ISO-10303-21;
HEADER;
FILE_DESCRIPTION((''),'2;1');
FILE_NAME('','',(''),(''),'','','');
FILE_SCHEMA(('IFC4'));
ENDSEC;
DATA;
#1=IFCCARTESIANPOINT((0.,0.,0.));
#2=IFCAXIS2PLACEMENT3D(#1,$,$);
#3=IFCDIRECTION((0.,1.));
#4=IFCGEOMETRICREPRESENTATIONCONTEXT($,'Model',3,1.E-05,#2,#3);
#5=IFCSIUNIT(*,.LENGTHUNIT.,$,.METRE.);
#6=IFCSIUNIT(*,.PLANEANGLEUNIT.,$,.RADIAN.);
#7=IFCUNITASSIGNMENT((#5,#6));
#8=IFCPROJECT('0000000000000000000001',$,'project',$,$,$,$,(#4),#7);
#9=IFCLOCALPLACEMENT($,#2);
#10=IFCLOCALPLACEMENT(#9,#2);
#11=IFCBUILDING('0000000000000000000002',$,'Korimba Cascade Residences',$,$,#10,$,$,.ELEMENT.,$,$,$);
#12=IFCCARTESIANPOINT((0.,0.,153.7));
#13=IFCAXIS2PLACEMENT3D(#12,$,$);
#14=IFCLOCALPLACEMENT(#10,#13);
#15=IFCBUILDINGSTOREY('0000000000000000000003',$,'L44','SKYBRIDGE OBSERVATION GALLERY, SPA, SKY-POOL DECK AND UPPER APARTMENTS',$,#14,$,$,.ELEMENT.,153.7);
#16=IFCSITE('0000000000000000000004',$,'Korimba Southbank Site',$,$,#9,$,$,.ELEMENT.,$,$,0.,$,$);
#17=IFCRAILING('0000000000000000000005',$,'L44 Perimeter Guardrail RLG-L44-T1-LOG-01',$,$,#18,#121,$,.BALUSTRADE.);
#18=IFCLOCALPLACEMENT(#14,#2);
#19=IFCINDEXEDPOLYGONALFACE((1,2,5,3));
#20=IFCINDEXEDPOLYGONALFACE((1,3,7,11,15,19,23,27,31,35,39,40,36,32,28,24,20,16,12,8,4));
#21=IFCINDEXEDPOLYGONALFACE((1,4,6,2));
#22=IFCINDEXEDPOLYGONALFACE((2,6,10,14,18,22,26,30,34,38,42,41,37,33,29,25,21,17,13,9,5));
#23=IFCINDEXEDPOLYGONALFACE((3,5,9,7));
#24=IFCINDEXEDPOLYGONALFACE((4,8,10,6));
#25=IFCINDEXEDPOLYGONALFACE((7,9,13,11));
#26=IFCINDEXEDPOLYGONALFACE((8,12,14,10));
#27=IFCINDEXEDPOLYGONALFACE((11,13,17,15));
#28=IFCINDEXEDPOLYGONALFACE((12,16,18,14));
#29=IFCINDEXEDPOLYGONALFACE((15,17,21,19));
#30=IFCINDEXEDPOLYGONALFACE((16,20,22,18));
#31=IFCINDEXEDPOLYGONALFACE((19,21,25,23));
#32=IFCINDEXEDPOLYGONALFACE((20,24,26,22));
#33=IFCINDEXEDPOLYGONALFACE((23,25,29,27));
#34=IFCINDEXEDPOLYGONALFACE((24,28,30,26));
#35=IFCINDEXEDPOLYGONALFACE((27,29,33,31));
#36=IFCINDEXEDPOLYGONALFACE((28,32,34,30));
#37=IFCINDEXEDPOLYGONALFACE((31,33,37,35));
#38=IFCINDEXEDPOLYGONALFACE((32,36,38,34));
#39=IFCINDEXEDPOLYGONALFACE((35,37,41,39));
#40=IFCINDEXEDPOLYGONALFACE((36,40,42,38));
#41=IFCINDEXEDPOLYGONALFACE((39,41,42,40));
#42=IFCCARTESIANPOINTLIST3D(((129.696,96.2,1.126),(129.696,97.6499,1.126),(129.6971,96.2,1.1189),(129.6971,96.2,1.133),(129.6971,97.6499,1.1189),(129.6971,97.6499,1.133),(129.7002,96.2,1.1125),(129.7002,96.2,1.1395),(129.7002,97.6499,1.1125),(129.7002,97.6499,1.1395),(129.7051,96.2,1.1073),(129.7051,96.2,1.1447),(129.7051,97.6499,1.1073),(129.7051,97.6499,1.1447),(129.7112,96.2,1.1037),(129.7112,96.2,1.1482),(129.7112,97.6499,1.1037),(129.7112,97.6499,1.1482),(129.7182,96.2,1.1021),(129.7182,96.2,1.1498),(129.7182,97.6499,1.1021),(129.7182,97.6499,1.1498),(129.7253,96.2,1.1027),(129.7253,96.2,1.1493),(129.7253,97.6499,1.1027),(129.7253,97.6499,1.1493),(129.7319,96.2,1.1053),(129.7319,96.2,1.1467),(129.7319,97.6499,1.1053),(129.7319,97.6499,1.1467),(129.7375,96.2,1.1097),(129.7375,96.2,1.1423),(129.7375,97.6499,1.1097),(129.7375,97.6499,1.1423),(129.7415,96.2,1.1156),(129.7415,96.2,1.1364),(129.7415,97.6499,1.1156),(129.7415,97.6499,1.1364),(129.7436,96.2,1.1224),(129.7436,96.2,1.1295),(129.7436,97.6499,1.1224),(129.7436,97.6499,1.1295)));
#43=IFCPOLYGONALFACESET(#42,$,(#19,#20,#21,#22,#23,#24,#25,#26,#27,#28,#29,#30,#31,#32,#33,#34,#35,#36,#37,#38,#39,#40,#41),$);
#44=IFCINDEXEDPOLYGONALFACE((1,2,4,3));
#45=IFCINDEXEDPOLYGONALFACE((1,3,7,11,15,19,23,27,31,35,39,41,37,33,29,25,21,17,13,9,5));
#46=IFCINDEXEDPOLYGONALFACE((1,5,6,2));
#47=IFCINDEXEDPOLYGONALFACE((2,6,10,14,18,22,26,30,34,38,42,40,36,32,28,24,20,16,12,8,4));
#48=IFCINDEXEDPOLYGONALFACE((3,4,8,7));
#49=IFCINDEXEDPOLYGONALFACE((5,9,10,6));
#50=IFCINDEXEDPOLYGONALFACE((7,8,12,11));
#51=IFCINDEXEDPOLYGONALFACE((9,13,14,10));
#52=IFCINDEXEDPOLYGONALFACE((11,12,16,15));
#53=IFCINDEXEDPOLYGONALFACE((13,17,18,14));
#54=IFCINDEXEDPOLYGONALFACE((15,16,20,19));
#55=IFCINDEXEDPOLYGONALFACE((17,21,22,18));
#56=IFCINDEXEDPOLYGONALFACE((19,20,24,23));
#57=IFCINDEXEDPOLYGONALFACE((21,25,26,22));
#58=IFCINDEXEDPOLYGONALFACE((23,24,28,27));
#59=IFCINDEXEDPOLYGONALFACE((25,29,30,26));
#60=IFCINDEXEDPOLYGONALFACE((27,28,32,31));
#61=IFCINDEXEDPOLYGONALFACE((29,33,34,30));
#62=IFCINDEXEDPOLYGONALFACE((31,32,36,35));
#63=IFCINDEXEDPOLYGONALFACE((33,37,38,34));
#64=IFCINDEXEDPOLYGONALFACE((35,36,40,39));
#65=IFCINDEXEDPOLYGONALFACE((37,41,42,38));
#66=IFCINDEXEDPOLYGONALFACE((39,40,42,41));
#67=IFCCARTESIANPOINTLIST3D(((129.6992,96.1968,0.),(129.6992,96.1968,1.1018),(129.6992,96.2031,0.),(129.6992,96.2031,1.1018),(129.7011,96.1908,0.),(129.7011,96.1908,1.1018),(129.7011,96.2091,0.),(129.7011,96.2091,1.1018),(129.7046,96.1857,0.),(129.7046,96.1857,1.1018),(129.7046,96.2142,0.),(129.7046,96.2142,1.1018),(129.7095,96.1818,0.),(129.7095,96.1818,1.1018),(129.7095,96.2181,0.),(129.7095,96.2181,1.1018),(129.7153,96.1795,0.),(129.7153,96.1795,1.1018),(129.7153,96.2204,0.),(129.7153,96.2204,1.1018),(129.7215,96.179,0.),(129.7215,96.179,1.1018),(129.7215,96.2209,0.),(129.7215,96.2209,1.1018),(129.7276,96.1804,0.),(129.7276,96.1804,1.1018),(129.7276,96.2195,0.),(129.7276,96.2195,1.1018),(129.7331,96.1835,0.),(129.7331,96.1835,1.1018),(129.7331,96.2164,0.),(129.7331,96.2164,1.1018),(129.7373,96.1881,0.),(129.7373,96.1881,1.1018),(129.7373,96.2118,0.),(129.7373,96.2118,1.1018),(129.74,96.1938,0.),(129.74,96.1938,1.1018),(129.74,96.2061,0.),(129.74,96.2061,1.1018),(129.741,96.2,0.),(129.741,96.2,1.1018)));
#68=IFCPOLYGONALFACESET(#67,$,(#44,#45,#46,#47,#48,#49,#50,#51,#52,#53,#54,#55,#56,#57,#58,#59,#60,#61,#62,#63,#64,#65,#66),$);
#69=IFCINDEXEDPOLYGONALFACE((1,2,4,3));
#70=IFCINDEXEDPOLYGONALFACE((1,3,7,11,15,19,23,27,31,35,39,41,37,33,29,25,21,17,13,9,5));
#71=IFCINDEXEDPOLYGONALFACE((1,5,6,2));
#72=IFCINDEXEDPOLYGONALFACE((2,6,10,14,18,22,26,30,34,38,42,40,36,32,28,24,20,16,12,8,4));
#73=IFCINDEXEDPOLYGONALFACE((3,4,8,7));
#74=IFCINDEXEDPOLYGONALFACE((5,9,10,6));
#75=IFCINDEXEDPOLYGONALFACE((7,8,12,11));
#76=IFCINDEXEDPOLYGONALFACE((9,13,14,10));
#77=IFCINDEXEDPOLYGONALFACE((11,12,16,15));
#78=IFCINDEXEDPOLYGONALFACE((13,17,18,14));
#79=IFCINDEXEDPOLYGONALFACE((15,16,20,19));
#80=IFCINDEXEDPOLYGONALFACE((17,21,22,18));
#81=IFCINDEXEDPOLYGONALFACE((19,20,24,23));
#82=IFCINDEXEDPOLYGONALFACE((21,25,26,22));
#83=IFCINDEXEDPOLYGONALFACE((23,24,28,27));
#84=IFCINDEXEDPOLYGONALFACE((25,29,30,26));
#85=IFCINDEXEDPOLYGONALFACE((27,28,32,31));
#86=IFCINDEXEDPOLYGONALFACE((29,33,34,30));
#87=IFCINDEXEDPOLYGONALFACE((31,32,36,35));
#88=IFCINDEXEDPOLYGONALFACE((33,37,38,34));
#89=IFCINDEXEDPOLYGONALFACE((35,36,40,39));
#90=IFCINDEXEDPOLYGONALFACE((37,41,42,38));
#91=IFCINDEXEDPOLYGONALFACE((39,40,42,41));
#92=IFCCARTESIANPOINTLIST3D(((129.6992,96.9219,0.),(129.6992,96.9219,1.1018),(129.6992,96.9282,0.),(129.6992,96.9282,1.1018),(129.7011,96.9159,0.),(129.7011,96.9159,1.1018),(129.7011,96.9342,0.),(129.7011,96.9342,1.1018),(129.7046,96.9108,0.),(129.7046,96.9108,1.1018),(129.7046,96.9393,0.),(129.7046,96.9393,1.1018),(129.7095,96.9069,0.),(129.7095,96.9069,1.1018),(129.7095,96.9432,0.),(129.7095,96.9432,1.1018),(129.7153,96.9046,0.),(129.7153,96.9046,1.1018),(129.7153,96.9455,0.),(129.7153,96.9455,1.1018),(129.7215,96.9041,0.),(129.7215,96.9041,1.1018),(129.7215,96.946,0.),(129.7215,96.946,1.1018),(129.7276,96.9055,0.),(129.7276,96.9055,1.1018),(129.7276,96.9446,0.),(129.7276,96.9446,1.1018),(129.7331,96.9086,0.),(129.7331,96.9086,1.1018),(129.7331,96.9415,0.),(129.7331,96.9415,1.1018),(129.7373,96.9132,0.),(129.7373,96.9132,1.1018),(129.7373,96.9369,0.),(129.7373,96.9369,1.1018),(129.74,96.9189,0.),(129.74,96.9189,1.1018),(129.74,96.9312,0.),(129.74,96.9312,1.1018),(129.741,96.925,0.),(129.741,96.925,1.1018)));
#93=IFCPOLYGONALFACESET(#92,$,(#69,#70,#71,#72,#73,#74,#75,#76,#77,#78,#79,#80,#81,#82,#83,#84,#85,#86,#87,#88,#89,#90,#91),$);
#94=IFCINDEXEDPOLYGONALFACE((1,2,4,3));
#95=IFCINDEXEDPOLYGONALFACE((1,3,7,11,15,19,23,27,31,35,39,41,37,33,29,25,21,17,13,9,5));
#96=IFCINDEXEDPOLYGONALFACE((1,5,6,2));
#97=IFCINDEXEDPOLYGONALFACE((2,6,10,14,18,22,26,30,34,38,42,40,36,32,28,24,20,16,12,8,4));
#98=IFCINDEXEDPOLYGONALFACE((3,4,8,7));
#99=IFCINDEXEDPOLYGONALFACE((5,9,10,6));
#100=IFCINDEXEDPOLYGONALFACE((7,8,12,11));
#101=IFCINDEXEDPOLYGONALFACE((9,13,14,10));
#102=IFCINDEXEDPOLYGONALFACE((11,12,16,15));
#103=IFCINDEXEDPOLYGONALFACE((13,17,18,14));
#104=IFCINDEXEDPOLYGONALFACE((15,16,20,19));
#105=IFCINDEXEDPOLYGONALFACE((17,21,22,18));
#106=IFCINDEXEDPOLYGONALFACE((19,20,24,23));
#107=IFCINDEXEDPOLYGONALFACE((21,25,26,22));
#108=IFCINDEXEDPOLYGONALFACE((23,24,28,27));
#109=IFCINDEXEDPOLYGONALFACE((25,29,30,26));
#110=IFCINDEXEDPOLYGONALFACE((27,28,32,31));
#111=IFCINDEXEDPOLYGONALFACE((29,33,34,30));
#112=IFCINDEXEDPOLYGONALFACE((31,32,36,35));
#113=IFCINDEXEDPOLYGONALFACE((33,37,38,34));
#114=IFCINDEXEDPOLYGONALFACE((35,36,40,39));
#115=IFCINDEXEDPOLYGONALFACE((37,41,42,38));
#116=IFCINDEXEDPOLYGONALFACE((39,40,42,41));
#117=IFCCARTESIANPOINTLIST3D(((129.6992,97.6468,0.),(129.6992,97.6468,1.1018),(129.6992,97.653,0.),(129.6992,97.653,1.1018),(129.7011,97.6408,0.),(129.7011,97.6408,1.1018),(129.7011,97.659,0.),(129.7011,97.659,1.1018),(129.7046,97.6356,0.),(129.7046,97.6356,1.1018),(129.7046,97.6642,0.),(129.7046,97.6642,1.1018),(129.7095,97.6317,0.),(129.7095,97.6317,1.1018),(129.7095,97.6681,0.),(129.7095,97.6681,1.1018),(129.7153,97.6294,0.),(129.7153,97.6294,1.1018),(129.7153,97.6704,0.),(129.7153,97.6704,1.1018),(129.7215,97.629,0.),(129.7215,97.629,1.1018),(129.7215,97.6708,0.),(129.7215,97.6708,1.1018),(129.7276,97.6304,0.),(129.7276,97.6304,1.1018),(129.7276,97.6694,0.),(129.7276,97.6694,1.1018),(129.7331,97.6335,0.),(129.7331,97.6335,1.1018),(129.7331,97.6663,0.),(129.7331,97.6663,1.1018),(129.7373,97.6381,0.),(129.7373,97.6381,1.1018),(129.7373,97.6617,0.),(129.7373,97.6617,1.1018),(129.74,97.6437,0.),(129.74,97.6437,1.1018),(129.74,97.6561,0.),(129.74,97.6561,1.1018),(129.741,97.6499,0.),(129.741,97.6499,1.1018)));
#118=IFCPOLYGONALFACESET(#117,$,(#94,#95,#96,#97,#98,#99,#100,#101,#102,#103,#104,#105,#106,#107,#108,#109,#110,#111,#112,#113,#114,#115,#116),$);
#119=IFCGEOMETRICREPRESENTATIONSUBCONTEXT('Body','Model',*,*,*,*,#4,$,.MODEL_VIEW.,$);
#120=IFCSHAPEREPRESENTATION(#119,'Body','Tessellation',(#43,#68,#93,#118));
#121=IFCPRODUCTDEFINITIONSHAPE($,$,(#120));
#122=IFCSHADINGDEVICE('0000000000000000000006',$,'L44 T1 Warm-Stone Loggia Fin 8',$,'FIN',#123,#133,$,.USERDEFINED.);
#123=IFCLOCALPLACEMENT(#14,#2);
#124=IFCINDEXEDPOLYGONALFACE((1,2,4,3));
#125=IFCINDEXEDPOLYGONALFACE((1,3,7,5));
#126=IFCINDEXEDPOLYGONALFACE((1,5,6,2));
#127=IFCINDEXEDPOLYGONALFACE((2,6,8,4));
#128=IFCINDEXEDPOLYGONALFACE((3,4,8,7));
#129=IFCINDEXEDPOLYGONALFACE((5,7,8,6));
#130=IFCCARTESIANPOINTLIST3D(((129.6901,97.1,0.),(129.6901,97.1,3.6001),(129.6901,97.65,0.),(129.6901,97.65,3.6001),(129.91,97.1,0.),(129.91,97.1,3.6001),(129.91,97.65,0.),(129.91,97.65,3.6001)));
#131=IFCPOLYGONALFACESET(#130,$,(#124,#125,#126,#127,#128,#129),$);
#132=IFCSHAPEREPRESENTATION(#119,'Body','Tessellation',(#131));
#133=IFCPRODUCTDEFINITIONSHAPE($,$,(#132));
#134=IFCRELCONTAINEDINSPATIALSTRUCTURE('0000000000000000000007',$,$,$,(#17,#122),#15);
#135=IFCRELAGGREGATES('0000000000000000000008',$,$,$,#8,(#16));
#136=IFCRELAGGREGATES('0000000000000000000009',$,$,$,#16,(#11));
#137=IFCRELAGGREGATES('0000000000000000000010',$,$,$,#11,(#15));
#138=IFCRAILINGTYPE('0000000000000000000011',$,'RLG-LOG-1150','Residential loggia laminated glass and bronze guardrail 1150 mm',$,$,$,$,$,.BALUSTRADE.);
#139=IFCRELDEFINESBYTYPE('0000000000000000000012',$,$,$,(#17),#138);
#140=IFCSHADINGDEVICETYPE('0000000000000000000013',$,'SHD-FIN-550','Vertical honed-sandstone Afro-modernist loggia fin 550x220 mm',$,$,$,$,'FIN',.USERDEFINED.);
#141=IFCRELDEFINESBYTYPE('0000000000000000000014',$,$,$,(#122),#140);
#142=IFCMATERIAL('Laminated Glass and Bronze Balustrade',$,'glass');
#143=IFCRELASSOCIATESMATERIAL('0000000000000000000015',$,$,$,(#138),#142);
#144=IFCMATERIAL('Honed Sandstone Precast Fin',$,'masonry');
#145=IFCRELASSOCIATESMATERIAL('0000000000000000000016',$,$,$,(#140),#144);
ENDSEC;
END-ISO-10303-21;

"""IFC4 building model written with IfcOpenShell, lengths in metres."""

from ifc_helpers import new_model, si_unit, direction, frame, origin, origin_2d, place, context, subcontext, project, spatial, rectangle, circle, extrude, material, type_object, element, save


model = new_model("IFC4")

# Units and contexts
model_context = context("Model", 3, precision=1e-05, world=origin(), true_north=direction((0.0, 1.0)))
body_context = subcontext(model_context, "Body", "Model", "MODEL_VIEW")
ifc_project = project(units=[si_unit("LENGTHUNIT", "METRE"), si_unit("PLANEANGLEUNIT", "RADIAN")], contexts=[model_context])

# Site, building, storey
site_placement = place(None, origin())
site = spatial("IfcSite", under=ifc_project, at=site_placement, Name="Korimba Southbank Site", CompositionType="ELEMENT", RefElevation=0.0)
building_placement = place(site_placement, origin())
building = spatial("IfcBuilding", under=site, at=building_placement, Name="Korimba Cascade Residences", CompositionType="ELEMENT")
storey_placement = place(building_placement, frame((0.0, 0.0, 153.7)))
storey = spatial("IfcBuildingStorey", under=building, at=storey_placement, Name="L44", Description="SKYBRIDGE OBSERVATION GALLERY, SPA, SKY-POOL DECK AND UPPER APARTMENTS", CompositionType="ELEMENT", Elevation=153.7)

# Railing
ifc_material_1 = material(Name="Laminated Glass and Bronze Balustrade", Category="glass")
railing_type = type_object("IfcRailingType", Name="RLG-LOG-1150", Description="Residential loggia laminated glass and bronze guardrail 1150 mm", PredefinedType="BALUSTRADE", material=ifc_material_1)
railing_1_placement = place(storey_placement, frame((129.72, 96.2, 0.0)))
element("IfcRailing", 1, at=railing_1_placement, inside=storey, type_object=railing_type, Name="L44 Perimeter Guardrail RLG-L44-T1-LOG-01", PredefinedType="BALUSTRADE", context=body_context, shape_type="SweptSolid", body=[
    extrude(circle(Radius=0.0239, at=origin_2d()), frame((0.0, 0.0, 1.126), z_axis=(0.0, 1.0, 0.0), x_axis=(-1.0, 0.0, 0.0)), (0.0, 0.0, 1.0), 1.45),
    extrude(circle(Radius=0.021, at=origin_2d()), origin(), (0.0, 0.0, 1.0), 1.1018),
    extrude(circle(Radius=0.021, at=origin_2d()), frame((0.0, 0.7251, 0.0)), (0.0, 0.0, 1.0), 1.1018),
    extrude(circle(Radius=0.021, at=origin_2d()), frame((0.0, 1.45, 0.0)), (0.0, 0.0, 1.0), 1.1018),
])

# Shading device
ifc_material_2 = material(Name="Honed Sandstone Precast Fin", Category="masonry")
shading_device_type = type_object("IfcShadingDeviceType", Name="SHD-FIN-550", Description="Vertical honed-sandstone Afro-modernist loggia fin 550x220 mm", ElementType="FIN", PredefinedType="USERDEFINED", material=ifc_material_2)
shading_device_placement = place(storey_placement, frame((129.8, 97.375, 0.0), z_axis=(0.0, 0.0, 1.0), x_axis=(1.0, 0.0, 0.0)))
element("IfcShadingDevice", 2, at=shading_device_placement, inside=storey, type_object=shading_device_type, Name="L44 T1 Warm-Stone Loggia Fin 8", ObjectType="FIN", PredefinedType="USERDEFINED", context=body_context, shape_type="SweptSolid", body=[
    extrude(rectangle(XDim=0.22, YDim=0.55, at=origin_2d()), origin(), (0.0, 0.0, 1.0), 3.6001),
])

save(model, "model.ifc")
